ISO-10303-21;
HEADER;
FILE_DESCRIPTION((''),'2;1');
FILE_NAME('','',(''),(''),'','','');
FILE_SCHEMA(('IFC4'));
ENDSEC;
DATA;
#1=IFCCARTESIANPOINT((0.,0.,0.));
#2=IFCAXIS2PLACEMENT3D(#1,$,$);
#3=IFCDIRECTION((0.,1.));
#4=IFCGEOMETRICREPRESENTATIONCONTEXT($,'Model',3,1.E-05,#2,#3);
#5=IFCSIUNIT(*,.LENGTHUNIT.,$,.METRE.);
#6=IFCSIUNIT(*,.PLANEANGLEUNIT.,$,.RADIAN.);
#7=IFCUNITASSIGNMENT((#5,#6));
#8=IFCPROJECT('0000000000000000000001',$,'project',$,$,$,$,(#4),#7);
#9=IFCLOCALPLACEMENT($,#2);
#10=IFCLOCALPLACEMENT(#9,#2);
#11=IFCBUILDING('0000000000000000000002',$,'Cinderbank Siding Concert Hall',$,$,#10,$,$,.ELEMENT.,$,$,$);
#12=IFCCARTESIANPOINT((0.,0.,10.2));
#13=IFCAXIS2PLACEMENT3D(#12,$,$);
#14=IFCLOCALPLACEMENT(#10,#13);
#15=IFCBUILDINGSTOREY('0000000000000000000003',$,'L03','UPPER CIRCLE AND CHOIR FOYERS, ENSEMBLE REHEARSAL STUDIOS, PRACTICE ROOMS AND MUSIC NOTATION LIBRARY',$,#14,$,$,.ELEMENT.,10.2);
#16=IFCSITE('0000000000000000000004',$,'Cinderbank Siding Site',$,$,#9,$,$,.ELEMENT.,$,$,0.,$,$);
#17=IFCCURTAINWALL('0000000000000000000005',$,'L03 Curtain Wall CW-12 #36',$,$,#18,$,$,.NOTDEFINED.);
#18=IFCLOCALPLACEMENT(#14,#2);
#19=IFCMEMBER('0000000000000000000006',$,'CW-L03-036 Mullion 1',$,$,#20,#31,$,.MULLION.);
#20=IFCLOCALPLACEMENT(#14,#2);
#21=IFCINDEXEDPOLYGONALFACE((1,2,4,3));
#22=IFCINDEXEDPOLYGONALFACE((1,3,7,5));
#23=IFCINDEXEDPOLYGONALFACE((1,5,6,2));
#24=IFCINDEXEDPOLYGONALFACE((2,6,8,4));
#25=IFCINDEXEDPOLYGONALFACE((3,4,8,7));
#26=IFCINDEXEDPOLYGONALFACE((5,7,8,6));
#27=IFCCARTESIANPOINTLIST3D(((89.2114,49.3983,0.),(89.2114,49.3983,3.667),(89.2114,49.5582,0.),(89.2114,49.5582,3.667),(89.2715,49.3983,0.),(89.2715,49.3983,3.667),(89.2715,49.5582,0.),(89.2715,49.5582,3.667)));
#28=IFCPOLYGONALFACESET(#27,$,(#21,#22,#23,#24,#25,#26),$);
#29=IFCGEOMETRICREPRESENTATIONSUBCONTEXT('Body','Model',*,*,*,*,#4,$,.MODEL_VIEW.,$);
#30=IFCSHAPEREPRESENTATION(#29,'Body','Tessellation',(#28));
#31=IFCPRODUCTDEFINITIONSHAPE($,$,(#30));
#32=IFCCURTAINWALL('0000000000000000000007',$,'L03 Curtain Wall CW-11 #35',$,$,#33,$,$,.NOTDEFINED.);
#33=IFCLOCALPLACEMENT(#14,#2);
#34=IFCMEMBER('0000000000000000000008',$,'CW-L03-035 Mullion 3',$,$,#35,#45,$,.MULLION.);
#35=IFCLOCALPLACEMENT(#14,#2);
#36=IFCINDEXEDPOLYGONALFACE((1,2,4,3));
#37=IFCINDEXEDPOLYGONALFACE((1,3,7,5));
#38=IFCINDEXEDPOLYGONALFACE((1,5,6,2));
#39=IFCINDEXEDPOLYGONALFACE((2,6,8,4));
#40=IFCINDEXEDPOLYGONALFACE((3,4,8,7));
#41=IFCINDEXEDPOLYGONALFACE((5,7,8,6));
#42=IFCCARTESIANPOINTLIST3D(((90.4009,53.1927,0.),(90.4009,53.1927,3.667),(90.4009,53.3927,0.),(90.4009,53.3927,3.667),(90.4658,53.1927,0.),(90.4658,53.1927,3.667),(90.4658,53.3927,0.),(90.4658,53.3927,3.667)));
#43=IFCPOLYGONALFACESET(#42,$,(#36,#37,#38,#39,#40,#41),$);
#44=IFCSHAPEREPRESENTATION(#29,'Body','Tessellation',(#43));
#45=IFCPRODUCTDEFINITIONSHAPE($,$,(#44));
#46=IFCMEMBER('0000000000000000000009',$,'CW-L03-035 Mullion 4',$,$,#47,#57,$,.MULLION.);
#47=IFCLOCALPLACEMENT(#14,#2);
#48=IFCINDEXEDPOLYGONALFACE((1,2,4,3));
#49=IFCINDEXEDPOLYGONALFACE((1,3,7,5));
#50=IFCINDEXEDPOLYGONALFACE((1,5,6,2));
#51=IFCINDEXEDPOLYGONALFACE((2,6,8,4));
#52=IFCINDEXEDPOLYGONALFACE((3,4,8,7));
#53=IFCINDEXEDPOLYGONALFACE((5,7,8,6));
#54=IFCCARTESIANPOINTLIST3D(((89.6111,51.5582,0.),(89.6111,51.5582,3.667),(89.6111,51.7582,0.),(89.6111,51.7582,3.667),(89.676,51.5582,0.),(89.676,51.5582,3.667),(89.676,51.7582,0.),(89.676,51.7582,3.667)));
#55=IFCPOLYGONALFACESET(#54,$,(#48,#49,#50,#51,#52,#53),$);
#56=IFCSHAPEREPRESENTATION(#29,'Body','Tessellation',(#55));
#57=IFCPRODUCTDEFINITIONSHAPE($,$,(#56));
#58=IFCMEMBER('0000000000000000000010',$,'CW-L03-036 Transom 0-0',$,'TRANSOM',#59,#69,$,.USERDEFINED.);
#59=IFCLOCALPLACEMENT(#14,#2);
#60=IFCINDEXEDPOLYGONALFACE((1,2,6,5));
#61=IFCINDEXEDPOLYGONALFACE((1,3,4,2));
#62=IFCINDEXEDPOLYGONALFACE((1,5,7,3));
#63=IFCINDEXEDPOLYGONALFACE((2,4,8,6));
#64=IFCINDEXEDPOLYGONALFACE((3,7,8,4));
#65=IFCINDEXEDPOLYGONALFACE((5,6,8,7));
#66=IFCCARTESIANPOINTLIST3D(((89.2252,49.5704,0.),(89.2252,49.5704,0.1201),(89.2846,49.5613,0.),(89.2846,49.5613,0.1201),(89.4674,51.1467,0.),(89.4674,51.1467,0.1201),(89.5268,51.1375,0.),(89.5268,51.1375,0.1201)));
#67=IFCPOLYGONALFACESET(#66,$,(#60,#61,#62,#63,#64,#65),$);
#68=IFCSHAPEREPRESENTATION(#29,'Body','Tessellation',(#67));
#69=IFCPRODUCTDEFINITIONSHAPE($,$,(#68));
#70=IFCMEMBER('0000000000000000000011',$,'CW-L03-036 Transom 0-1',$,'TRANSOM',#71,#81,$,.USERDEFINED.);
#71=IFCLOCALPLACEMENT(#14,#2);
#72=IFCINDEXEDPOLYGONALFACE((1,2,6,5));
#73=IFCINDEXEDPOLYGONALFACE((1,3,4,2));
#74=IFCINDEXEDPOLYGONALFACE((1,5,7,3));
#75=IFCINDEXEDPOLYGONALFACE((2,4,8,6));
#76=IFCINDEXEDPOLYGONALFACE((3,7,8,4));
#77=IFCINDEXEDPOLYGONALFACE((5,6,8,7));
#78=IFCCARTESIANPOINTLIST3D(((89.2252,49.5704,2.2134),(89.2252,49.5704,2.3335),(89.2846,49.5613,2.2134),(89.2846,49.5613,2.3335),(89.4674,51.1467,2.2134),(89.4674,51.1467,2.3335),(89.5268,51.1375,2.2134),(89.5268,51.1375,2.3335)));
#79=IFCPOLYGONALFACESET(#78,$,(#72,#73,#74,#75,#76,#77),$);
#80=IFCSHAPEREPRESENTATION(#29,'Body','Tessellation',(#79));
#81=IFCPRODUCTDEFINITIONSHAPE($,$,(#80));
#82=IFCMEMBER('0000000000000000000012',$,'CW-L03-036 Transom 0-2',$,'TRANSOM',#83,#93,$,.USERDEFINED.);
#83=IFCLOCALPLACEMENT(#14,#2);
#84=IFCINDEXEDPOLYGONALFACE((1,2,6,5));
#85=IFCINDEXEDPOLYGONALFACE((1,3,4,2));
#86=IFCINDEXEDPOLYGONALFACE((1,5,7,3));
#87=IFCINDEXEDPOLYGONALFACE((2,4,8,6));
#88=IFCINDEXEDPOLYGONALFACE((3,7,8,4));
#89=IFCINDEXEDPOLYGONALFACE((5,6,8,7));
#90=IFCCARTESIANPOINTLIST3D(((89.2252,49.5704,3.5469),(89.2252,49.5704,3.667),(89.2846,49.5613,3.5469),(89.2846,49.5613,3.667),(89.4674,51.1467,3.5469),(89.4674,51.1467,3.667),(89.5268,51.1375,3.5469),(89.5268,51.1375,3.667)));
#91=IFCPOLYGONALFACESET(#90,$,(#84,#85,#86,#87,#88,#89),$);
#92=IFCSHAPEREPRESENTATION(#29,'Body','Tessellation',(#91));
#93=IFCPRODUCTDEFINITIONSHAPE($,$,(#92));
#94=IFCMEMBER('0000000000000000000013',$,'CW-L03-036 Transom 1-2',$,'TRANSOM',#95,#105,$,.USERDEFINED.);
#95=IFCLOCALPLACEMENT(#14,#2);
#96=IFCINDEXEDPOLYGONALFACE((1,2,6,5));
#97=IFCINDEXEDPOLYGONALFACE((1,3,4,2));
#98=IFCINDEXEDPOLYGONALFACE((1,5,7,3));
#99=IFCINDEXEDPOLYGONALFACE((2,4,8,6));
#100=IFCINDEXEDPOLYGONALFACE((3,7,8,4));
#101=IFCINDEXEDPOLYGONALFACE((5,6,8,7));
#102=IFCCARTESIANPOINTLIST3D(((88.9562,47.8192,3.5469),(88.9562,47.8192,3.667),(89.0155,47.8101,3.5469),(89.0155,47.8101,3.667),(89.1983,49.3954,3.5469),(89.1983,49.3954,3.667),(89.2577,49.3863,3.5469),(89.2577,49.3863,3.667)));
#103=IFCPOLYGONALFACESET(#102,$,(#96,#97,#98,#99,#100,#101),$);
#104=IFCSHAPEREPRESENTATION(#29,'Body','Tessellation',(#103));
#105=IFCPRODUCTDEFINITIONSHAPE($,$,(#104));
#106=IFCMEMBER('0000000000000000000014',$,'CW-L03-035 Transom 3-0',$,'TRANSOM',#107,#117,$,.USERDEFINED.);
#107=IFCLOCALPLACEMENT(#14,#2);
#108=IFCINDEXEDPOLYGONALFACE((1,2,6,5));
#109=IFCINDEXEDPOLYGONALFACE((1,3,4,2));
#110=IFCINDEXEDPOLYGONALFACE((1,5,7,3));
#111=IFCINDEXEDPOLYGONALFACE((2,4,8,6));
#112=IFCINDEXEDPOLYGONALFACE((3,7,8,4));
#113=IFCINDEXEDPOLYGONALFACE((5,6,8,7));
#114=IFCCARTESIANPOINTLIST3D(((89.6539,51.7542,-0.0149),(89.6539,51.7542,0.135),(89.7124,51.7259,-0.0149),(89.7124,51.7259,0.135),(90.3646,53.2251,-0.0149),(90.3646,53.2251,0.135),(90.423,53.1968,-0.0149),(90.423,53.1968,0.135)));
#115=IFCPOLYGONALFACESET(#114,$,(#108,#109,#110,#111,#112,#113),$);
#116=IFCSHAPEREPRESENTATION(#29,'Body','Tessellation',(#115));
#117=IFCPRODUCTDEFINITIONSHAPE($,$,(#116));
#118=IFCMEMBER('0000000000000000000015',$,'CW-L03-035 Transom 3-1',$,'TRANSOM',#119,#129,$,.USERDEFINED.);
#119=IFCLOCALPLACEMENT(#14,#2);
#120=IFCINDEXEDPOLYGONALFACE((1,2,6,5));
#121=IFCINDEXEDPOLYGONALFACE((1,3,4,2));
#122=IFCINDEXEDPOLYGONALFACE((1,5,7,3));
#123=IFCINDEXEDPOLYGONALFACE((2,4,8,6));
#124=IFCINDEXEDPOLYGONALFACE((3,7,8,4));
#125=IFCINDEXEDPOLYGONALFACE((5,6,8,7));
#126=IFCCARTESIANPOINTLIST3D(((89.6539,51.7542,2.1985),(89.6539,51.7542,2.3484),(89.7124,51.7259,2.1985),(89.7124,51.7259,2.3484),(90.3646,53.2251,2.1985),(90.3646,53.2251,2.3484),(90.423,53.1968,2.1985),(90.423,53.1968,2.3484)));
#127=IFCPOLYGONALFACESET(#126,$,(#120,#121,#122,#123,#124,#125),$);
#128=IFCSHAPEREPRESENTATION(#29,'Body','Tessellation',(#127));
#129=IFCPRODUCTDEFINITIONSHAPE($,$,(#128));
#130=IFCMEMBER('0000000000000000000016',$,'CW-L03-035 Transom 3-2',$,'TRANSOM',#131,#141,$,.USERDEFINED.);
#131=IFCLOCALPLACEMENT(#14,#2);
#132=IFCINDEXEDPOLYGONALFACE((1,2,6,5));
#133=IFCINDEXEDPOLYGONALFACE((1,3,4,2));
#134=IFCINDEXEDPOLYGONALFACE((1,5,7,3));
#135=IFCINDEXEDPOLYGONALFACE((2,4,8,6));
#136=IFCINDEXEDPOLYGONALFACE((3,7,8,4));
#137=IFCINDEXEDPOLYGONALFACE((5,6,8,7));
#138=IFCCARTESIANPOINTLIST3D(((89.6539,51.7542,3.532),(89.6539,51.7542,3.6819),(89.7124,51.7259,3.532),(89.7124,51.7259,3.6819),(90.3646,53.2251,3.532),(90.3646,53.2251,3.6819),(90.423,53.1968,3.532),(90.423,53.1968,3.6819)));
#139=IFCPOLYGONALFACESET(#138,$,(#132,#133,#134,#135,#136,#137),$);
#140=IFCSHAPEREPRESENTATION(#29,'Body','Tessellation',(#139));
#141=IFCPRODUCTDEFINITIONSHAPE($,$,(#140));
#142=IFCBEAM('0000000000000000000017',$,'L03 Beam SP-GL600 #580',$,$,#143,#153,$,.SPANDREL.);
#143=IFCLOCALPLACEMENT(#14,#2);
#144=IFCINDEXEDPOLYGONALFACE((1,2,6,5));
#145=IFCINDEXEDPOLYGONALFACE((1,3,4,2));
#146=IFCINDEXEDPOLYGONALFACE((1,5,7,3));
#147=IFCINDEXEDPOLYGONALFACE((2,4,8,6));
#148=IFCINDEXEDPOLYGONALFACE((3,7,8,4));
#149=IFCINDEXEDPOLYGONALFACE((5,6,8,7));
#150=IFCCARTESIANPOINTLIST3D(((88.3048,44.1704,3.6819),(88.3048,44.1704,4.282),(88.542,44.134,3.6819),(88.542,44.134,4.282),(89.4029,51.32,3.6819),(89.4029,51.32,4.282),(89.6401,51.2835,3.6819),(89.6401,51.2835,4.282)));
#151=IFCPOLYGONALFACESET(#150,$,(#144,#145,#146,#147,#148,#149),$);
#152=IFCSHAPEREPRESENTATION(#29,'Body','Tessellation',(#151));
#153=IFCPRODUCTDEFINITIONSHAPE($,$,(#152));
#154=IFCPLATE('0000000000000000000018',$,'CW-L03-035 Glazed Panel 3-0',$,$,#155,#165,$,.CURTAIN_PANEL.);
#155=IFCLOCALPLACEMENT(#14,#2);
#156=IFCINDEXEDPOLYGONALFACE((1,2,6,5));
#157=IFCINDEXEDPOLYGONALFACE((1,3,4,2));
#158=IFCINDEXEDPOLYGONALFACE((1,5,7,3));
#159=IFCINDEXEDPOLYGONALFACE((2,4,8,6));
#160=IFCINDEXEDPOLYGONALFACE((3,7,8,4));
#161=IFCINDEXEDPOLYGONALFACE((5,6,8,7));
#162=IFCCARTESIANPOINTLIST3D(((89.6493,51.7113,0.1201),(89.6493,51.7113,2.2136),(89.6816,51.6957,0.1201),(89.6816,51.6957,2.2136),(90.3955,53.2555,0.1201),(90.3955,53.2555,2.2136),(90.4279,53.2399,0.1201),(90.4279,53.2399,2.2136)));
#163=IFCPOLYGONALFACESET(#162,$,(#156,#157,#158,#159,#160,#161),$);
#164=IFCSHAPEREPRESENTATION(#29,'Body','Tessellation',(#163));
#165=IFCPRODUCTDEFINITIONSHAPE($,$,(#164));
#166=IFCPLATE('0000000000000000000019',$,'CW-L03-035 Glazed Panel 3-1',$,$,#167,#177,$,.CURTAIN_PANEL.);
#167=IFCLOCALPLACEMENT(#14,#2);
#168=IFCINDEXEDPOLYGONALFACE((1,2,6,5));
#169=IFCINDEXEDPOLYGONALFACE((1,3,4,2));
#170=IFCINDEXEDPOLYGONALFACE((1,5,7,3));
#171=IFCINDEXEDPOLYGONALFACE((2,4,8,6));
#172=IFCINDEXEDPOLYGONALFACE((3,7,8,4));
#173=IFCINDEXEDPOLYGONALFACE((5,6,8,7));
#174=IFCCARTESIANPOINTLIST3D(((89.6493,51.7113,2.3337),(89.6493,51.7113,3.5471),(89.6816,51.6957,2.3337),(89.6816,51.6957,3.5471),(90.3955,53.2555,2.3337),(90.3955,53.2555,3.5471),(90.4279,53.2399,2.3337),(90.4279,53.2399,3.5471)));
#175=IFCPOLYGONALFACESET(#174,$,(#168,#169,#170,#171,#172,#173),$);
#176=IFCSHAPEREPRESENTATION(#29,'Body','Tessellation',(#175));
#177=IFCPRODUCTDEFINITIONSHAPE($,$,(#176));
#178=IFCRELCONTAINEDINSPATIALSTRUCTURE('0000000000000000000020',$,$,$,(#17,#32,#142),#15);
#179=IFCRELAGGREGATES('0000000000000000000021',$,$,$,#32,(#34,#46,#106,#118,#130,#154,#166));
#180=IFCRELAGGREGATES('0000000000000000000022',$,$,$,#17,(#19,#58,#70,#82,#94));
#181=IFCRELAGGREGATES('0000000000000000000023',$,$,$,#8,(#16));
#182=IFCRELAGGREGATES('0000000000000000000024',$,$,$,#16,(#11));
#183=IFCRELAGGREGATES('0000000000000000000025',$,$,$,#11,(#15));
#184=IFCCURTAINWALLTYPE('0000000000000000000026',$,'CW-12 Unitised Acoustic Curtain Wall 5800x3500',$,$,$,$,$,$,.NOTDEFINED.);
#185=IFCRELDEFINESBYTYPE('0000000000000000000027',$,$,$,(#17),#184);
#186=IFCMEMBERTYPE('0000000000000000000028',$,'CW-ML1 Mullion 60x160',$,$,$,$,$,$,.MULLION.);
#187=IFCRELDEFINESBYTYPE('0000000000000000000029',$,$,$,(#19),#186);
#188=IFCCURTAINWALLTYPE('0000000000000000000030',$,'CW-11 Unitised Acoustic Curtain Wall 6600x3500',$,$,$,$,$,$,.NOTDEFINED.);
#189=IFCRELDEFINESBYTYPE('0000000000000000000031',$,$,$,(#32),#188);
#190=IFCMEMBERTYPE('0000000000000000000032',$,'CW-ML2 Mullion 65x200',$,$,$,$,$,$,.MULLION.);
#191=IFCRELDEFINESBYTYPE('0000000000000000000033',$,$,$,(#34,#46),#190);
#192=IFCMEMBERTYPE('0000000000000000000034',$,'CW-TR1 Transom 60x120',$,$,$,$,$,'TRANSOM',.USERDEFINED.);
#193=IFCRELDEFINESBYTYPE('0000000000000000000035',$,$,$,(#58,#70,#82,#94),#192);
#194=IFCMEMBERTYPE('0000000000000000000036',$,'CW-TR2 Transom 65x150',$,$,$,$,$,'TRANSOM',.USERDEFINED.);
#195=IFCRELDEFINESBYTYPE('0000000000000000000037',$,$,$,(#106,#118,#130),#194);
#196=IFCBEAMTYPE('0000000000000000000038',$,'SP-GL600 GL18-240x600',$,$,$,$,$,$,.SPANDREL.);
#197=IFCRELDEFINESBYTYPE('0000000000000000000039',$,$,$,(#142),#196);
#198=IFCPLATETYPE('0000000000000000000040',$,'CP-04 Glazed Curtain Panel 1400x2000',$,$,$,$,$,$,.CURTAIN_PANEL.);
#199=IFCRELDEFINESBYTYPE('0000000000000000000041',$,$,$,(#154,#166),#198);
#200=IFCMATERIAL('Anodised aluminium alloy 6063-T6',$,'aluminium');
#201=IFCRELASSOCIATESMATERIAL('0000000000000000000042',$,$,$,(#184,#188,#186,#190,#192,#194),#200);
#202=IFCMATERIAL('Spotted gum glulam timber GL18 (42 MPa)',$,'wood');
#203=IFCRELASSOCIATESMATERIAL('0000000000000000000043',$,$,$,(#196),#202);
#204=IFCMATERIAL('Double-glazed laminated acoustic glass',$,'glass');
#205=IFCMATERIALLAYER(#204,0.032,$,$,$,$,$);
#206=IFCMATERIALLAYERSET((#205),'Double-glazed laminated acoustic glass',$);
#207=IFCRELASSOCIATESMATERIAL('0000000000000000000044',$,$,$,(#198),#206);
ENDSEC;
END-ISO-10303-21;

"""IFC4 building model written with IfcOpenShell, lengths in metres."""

from ifc_helpers import new_model, si_unit, direction, frame, origin, origin_2d, place, context, subcontext, project, spatial, rectangle, extrude, material, layer, layer_set, material_profile, profile_set, type_object, element, aggregate, save


model = new_model("IFC4")

# Units and contexts
model_context = context("Model", 3, precision=1e-05, world=origin(), true_north=direction((0.0, 1.0)))
body_context = subcontext(model_context, "Body", "Model", "MODEL_VIEW")
ifc_project = project(units=[si_unit("LENGTHUNIT", "METRE"), si_unit("PLANEANGLEUNIT", "RADIAN")], contexts=[model_context])

# Site, building, storey
site_placement = place(None, origin())
site = spatial("IfcSite", under=ifc_project, at=site_placement, Name="Cinderbank Siding Site", CompositionType="ELEMENT", RefElevation=0.0)
building_placement = place(site_placement, origin())
building = spatial("IfcBuilding", under=site, at=building_placement, Name="Cinderbank Siding Concert Hall", CompositionType="ELEMENT")
storey_placement = place(building_placement, frame((0.0, 0.0, 10.2)))
storey = spatial("IfcBuildingStorey", under=building, at=storey_placement, Name="L03", Description="UPPER CIRCLE AND CHOIR FOYERS, ENSEMBLE REHEARSAL STUDIOS, PRACTICE ROOMS AND MUSIC NOTATION LIBRARY", CompositionType="ELEMENT", Elevation=10.2)

# Curtain walls, members
ifc_material_1 = material(Name="Anodised aluminium alloy 6063-T6", Category="aluminium")
curtain_wall_type_1 = type_object("IfcCurtainWallType", Name="CW-12 Unitised Acoustic Curtain Wall 5800x3500", PredefinedType="NOTDEFINED", material=ifc_material_1)
curtain_wall_1_placement = place(storey_placement, origin())
curtain_wall_1 = element("IfcCurtainWall", 1, at=curtain_wall_1_placement, inside=storey, type_object=curtain_wall_type_1, Name="L03 Curtain Wall CW-12 #36", PredefinedType="NOTDEFINED")
ifc_material_profile_1 = material_profile(ifc_material_1, rectangle(XDim=0.0601, YDim=0.1599, at=origin_2d()), Name="ALU-MULL-60x160", Category="LoadBearing")
ifc_profile_set_1 = profile_set([ifc_material_profile_1], Name="Anodised aluminium alloy 6063-T6")
member_type_1 = type_object("IfcMemberType", Name="CW-ML1 Mullion 60x160", PredefinedType="MULLION", material=ifc_profile_set_1)
member_1_placement = place(storey_placement, frame((89.2415, 49.4783, 0.0), z_axis=(0.0, 0.0, 1.0), x_axis=(1.0, 0.0, 0.0)))
member_1 = element("IfcMember", 2, at=member_1_placement, type_object=member_type_1, Name="CW-L03-036 Mullion 1", PredefinedType="MULLION", context=body_context, shape_type="SweptSolid", body=[
    extrude(rectangle(XDim=0.0601, YDim=0.1599, at=origin_2d()), origin(), (0.0, 0.0, 1.0), 3.667),
])
curtain_wall_type_2 = type_object("IfcCurtainWallType", Name="CW-11 Unitised Acoustic Curtain Wall 6600x3500", PredefinedType="NOTDEFINED", material=ifc_material_1)
curtain_wall_2_placement = place(storey_placement, origin())
curtain_wall_2 = element("IfcCurtainWall", 3, at=curtain_wall_2_placement, inside=storey, type_object=curtain_wall_type_2, Name="L03 Curtain Wall CW-11 #35", PredefinedType="NOTDEFINED")
ifc_material_profile_2 = material_profile(ifc_material_1, rectangle(XDim=0.0649, YDim=0.2, at=origin_2d()), Name="ALU-MULL-65x200", Category="LoadBearing")
ifc_profile_set_2 = profile_set([ifc_material_profile_2], Name="Anodised aluminium alloy 6063-T6")
member_type_2 = type_object("IfcMemberType", Name="CW-ML2 Mullion 65x200", PredefinedType="MULLION", material=ifc_profile_set_2)
member_2_placement = place(storey_placement, frame((90.4333, 53.2927, 0.0), z_axis=(0.0, 0.0, 1.0), x_axis=(1.0, 0.0, 0.0)))
member_2 = element("IfcMember", 4, at=member_2_placement, type_object=member_type_2, Name="CW-L03-035 Mullion 3", PredefinedType="MULLION", context=body_context, shape_type="SweptSolid", body=[
    extrude(rectangle(XDim=0.0649, YDim=0.2, at=origin_2d()), origin(), (0.0, 0.0, 1.0), 3.667),
])
member_3_placement = place(storey_placement, frame((89.6436, 51.6582, 0.0), z_axis=(0.0, 0.0, 1.0), x_axis=(1.0, 0.0, 0.0)))
member_3 = element("IfcMember", 5, at=member_3_placement, type_object=member_type_2, Name="CW-L03-035 Mullion 4", PredefinedType="MULLION", context=body_context, shape_type="SweptSolid", body=[
    extrude(rectangle(XDim=0.0649, YDim=0.2, at=origin_2d()), origin(), (0.0, 0.0, 1.0), 3.667),
])

# Members
ifc_material_profile_3 = material_profile(ifc_material_1, rectangle(XDim=0.0601, YDim=0.1201, at=origin_2d()), Name="ALU-TRAN-60x120", Category="LoadBearing")
ifc_profile_set_3 = profile_set([ifc_material_profile_3], Name="Anodised aluminium alloy 6063-T6")
member_type_3 = type_object("IfcMemberType", Name="CW-TR1 Transom 60x120", ElementType="TRANSOM", PredefinedType="USERDEFINED", material=ifc_profile_set_3)
member_4_placement = place(storey_placement, frame((89.4971, 51.1421, 0.0601), z_axis=(-0.151873, -0.9884, 0.0), x_axis=(0.9884, -0.151873, 0.0)))
member_4 = element("IfcMember", 6, at=member_4_placement, type_object=member_type_3, Name="CW-L03-036 Transom 0-0", ObjectType="TRANSOM", PredefinedType="USERDEFINED", context=body_context, shape_type="SweptSolid", body=[
    extrude(rectangle(XDim=0.0601, YDim=0.1201, at=origin_2d()), origin(), (0.0, 0.0, 1.0), 1.5947),
])
member_5_placement = place(storey_placement, frame((89.4971, 51.1421, 2.2734), z_axis=(-0.151873, -0.9884, 0.0), x_axis=(0.9884, -0.151873, 0.0)))
member_5 = element("IfcMember", 7, at=member_5_placement, type_object=member_type_3, Name="CW-L03-036 Transom 0-1", ObjectType="TRANSOM", PredefinedType="USERDEFINED", context=body_context, shape_type="SweptSolid", body=[
    extrude(rectangle(XDim=0.0601, YDim=0.1201, at=origin_2d()), origin(), (0.0, 0.0, 1.0), 1.5947),
])
member_6_placement = place(storey_placement, frame((89.4971, 51.1421, 3.6069), z_axis=(-0.151873, -0.9884, 0.0), x_axis=(0.9884, -0.151873, 0.0)))
member_6 = element("IfcMember", 8, at=member_6_placement, type_object=member_type_3, Name="CW-L03-036 Transom 0-2", ObjectType="TRANSOM", PredefinedType="USERDEFINED", context=body_context, shape_type="SweptSolid", body=[
    extrude(rectangle(XDim=0.0601, YDim=0.1201, at=origin_2d()), origin(), (0.0, 0.0, 1.0), 1.5947),
])
member_7_placement = place(storey_placement, frame((89.228, 49.3909, 3.6069), z_axis=(-0.151873, -0.9884, 0.0), x_axis=(0.9884, -0.151873, 0.0)))
member_7 = element("IfcMember", 9, at=member_7_placement, type_object=member_type_3, Name="CW-L03-036 Transom 1-2", ObjectType="TRANSOM", PredefinedType="USERDEFINED", context=body_context, shape_type="SweptSolid", body=[
    extrude(rectangle(XDim=0.0601, YDim=0.1201, at=origin_2d()), origin(), (0.0, 0.0, 1.0), 1.5947),
])
ifc_material_profile_4 = material_profile(ifc_material_1, rectangle(XDim=0.0649, YDim=0.1499, at=origin_2d()), Name="ALU-TRAN-65x150", Category="LoadBearing")
ifc_profile_set_4 = profile_set([ifc_material_profile_4], Name="Anodised aluminium alloy 6063-T6")
member_type_4 = type_object("IfcMemberType", Name="CW-TR2 Transom 65x150", ElementType="TRANSOM", PredefinedType="USERDEFINED", material=ifc_profile_set_4)
member_8_placement = place(storey_placement, frame((90.3938, 53.2109, 0.0601), z_axis=(-0.435037, -0.900412, 0.0), x_axis=(0.900412, -0.435037, 0.0)))
member_8 = element("IfcMember", 10, at=member_8_placement, type_object=member_type_4, Name="CW-L03-035 Transom 3-0", ObjectType="TRANSOM", PredefinedType="USERDEFINED", context=body_context, shape_type="SweptSolid", body=[
    extrude(rectangle(XDim=0.0649, YDim=0.1499, at=origin_2d()), origin(), (0.0, 0.0, 1.0), 1.6335),
])
member_9_placement = place(storey_placement, frame((90.3938, 53.2109, 2.2734), z_axis=(-0.435037, -0.900412, 0.0), x_axis=(0.900412, -0.435037, 0.0)))
member_9 = element("IfcMember", 11, at=member_9_placement, type_object=member_type_4, Name="CW-L03-035 Transom 3-1", ObjectType="TRANSOM", PredefinedType="USERDEFINED", context=body_context, shape_type="SweptSolid", body=[
    extrude(rectangle(XDim=0.0649, YDim=0.1499, at=origin_2d()), origin(), (0.0, 0.0, 1.0), 1.6335),
])
member_10_placement = place(storey_placement, frame((90.3938, 53.2109, 3.6069), z_axis=(-0.435037, -0.900412, 0.0), x_axis=(0.900412, -0.435037, 0.0)))
member_10 = element("IfcMember", 12, at=member_10_placement, type_object=member_type_4, Name="CW-L03-035 Transom 3-2", ObjectType="TRANSOM", PredefinedType="USERDEFINED", context=body_context, shape_type="SweptSolid", body=[
    extrude(rectangle(XDim=0.0649, YDim=0.1499, at=origin_2d()), origin(), (0.0, 0.0, 1.0), 1.6335),
])

# Beam
ifc_material_2 = material(Name="Spotted gum glulam timber GL18 (42 MPa)", Category="wood")
ifc_material_profile_5 = material_profile(ifc_material_2, rectangle(XDim=0.24, YDim=0.6001, at=origin_2d()), Name="GL18-240x600", Category="LoadBearing")
ifc_profile_set_5 = profile_set([ifc_material_profile_5], Name="Spotted gum glulam timber GL18 (42 MPa)")
beam_type_1 = type_object("IfcBeamType", Name="SP-GL600 GL18-240x600", PredefinedType="SPANDREL", material=ifc_profile_set_5)
beam_1_placement = place(storey_placement, frame((89.5215, 51.3018, 3.9819), z_axis=(-0.151814, -0.988409, 0.0), x_axis=(0.988409, -0.151814, 0.0)))
element("IfcBeam", 13, at=beam_1_placement, inside=storey, type_object=beam_type_1, Name="L03 Beam SP-GL600 #580", PredefinedType="SPANDREL", context=body_context, shape_type="SweptSolid", body=[
    extrude(rectangle(XDim=0.24, YDim=0.6001, at=origin_2d()), origin(), (0.0, 0.0, 1.0), 7.2334),
])

# Plates
ifc_material_3 = material(Name="Double-glazed laminated acoustic glass", Category="glass")
ifc_layer_1 = layer(ifc_material_3, 0.032)
ifc_layer_set_1 = layer_set([ifc_layer_1], Name="Double-glazed laminated acoustic glass")
plate_type_1 = type_object("IfcPlateType", Name="CP-04 Glazed Curtain Panel 1400x2000", PredefinedType="CURTAIN_PANEL", material=ifc_layer_set_1)
plate_1_placement = place(storey_placement, frame((90.0386, 52.4756, 0.1201), z_axis=(0.0, 0.0, 1.0), x_axis=(-0.435102, -0.900381, 0.0)))
plate_1 = element("IfcPlate", 14, at=plate_1_placement, type_object=plate_type_1, Name="CW-L03-035 Glazed Panel 3-0", PredefinedType="CURTAIN_PANEL", context=body_context, shape_type="SweptSolid", body=[
    extrude(rectangle(XDim=1.7151, YDim=0.0359, at=origin_2d()), origin(), (0.0, 0.0, 1.0), 2.0935),
])
plate_2_placement = place(storey_placement, frame((90.0386, 52.4756, 2.3337), z_axis=(0.0, 0.0, 1.0), x_axis=(-0.435102, -0.900381, 0.0)))
plate_2 = element("IfcPlate", 15, at=plate_2_placement, type_object=plate_type_1, Name="CW-L03-035 Glazed Panel 3-1", PredefinedType="CURTAIN_PANEL", context=body_context, shape_type="SweptSolid", body=[
    extrude(rectangle(XDim=1.7151, YDim=0.0359, at=origin_2d()), origin(), (0.0, 0.0, 1.0), 1.2134),
])
aggregate(curtain_wall_2, [member_2, member_3, member_8, member_9, member_10, plate_1, plate_2])
aggregate(curtain_wall_1, [member_1, member_4, member_5, member_6, member_7])

save(model, "model.ifc")
